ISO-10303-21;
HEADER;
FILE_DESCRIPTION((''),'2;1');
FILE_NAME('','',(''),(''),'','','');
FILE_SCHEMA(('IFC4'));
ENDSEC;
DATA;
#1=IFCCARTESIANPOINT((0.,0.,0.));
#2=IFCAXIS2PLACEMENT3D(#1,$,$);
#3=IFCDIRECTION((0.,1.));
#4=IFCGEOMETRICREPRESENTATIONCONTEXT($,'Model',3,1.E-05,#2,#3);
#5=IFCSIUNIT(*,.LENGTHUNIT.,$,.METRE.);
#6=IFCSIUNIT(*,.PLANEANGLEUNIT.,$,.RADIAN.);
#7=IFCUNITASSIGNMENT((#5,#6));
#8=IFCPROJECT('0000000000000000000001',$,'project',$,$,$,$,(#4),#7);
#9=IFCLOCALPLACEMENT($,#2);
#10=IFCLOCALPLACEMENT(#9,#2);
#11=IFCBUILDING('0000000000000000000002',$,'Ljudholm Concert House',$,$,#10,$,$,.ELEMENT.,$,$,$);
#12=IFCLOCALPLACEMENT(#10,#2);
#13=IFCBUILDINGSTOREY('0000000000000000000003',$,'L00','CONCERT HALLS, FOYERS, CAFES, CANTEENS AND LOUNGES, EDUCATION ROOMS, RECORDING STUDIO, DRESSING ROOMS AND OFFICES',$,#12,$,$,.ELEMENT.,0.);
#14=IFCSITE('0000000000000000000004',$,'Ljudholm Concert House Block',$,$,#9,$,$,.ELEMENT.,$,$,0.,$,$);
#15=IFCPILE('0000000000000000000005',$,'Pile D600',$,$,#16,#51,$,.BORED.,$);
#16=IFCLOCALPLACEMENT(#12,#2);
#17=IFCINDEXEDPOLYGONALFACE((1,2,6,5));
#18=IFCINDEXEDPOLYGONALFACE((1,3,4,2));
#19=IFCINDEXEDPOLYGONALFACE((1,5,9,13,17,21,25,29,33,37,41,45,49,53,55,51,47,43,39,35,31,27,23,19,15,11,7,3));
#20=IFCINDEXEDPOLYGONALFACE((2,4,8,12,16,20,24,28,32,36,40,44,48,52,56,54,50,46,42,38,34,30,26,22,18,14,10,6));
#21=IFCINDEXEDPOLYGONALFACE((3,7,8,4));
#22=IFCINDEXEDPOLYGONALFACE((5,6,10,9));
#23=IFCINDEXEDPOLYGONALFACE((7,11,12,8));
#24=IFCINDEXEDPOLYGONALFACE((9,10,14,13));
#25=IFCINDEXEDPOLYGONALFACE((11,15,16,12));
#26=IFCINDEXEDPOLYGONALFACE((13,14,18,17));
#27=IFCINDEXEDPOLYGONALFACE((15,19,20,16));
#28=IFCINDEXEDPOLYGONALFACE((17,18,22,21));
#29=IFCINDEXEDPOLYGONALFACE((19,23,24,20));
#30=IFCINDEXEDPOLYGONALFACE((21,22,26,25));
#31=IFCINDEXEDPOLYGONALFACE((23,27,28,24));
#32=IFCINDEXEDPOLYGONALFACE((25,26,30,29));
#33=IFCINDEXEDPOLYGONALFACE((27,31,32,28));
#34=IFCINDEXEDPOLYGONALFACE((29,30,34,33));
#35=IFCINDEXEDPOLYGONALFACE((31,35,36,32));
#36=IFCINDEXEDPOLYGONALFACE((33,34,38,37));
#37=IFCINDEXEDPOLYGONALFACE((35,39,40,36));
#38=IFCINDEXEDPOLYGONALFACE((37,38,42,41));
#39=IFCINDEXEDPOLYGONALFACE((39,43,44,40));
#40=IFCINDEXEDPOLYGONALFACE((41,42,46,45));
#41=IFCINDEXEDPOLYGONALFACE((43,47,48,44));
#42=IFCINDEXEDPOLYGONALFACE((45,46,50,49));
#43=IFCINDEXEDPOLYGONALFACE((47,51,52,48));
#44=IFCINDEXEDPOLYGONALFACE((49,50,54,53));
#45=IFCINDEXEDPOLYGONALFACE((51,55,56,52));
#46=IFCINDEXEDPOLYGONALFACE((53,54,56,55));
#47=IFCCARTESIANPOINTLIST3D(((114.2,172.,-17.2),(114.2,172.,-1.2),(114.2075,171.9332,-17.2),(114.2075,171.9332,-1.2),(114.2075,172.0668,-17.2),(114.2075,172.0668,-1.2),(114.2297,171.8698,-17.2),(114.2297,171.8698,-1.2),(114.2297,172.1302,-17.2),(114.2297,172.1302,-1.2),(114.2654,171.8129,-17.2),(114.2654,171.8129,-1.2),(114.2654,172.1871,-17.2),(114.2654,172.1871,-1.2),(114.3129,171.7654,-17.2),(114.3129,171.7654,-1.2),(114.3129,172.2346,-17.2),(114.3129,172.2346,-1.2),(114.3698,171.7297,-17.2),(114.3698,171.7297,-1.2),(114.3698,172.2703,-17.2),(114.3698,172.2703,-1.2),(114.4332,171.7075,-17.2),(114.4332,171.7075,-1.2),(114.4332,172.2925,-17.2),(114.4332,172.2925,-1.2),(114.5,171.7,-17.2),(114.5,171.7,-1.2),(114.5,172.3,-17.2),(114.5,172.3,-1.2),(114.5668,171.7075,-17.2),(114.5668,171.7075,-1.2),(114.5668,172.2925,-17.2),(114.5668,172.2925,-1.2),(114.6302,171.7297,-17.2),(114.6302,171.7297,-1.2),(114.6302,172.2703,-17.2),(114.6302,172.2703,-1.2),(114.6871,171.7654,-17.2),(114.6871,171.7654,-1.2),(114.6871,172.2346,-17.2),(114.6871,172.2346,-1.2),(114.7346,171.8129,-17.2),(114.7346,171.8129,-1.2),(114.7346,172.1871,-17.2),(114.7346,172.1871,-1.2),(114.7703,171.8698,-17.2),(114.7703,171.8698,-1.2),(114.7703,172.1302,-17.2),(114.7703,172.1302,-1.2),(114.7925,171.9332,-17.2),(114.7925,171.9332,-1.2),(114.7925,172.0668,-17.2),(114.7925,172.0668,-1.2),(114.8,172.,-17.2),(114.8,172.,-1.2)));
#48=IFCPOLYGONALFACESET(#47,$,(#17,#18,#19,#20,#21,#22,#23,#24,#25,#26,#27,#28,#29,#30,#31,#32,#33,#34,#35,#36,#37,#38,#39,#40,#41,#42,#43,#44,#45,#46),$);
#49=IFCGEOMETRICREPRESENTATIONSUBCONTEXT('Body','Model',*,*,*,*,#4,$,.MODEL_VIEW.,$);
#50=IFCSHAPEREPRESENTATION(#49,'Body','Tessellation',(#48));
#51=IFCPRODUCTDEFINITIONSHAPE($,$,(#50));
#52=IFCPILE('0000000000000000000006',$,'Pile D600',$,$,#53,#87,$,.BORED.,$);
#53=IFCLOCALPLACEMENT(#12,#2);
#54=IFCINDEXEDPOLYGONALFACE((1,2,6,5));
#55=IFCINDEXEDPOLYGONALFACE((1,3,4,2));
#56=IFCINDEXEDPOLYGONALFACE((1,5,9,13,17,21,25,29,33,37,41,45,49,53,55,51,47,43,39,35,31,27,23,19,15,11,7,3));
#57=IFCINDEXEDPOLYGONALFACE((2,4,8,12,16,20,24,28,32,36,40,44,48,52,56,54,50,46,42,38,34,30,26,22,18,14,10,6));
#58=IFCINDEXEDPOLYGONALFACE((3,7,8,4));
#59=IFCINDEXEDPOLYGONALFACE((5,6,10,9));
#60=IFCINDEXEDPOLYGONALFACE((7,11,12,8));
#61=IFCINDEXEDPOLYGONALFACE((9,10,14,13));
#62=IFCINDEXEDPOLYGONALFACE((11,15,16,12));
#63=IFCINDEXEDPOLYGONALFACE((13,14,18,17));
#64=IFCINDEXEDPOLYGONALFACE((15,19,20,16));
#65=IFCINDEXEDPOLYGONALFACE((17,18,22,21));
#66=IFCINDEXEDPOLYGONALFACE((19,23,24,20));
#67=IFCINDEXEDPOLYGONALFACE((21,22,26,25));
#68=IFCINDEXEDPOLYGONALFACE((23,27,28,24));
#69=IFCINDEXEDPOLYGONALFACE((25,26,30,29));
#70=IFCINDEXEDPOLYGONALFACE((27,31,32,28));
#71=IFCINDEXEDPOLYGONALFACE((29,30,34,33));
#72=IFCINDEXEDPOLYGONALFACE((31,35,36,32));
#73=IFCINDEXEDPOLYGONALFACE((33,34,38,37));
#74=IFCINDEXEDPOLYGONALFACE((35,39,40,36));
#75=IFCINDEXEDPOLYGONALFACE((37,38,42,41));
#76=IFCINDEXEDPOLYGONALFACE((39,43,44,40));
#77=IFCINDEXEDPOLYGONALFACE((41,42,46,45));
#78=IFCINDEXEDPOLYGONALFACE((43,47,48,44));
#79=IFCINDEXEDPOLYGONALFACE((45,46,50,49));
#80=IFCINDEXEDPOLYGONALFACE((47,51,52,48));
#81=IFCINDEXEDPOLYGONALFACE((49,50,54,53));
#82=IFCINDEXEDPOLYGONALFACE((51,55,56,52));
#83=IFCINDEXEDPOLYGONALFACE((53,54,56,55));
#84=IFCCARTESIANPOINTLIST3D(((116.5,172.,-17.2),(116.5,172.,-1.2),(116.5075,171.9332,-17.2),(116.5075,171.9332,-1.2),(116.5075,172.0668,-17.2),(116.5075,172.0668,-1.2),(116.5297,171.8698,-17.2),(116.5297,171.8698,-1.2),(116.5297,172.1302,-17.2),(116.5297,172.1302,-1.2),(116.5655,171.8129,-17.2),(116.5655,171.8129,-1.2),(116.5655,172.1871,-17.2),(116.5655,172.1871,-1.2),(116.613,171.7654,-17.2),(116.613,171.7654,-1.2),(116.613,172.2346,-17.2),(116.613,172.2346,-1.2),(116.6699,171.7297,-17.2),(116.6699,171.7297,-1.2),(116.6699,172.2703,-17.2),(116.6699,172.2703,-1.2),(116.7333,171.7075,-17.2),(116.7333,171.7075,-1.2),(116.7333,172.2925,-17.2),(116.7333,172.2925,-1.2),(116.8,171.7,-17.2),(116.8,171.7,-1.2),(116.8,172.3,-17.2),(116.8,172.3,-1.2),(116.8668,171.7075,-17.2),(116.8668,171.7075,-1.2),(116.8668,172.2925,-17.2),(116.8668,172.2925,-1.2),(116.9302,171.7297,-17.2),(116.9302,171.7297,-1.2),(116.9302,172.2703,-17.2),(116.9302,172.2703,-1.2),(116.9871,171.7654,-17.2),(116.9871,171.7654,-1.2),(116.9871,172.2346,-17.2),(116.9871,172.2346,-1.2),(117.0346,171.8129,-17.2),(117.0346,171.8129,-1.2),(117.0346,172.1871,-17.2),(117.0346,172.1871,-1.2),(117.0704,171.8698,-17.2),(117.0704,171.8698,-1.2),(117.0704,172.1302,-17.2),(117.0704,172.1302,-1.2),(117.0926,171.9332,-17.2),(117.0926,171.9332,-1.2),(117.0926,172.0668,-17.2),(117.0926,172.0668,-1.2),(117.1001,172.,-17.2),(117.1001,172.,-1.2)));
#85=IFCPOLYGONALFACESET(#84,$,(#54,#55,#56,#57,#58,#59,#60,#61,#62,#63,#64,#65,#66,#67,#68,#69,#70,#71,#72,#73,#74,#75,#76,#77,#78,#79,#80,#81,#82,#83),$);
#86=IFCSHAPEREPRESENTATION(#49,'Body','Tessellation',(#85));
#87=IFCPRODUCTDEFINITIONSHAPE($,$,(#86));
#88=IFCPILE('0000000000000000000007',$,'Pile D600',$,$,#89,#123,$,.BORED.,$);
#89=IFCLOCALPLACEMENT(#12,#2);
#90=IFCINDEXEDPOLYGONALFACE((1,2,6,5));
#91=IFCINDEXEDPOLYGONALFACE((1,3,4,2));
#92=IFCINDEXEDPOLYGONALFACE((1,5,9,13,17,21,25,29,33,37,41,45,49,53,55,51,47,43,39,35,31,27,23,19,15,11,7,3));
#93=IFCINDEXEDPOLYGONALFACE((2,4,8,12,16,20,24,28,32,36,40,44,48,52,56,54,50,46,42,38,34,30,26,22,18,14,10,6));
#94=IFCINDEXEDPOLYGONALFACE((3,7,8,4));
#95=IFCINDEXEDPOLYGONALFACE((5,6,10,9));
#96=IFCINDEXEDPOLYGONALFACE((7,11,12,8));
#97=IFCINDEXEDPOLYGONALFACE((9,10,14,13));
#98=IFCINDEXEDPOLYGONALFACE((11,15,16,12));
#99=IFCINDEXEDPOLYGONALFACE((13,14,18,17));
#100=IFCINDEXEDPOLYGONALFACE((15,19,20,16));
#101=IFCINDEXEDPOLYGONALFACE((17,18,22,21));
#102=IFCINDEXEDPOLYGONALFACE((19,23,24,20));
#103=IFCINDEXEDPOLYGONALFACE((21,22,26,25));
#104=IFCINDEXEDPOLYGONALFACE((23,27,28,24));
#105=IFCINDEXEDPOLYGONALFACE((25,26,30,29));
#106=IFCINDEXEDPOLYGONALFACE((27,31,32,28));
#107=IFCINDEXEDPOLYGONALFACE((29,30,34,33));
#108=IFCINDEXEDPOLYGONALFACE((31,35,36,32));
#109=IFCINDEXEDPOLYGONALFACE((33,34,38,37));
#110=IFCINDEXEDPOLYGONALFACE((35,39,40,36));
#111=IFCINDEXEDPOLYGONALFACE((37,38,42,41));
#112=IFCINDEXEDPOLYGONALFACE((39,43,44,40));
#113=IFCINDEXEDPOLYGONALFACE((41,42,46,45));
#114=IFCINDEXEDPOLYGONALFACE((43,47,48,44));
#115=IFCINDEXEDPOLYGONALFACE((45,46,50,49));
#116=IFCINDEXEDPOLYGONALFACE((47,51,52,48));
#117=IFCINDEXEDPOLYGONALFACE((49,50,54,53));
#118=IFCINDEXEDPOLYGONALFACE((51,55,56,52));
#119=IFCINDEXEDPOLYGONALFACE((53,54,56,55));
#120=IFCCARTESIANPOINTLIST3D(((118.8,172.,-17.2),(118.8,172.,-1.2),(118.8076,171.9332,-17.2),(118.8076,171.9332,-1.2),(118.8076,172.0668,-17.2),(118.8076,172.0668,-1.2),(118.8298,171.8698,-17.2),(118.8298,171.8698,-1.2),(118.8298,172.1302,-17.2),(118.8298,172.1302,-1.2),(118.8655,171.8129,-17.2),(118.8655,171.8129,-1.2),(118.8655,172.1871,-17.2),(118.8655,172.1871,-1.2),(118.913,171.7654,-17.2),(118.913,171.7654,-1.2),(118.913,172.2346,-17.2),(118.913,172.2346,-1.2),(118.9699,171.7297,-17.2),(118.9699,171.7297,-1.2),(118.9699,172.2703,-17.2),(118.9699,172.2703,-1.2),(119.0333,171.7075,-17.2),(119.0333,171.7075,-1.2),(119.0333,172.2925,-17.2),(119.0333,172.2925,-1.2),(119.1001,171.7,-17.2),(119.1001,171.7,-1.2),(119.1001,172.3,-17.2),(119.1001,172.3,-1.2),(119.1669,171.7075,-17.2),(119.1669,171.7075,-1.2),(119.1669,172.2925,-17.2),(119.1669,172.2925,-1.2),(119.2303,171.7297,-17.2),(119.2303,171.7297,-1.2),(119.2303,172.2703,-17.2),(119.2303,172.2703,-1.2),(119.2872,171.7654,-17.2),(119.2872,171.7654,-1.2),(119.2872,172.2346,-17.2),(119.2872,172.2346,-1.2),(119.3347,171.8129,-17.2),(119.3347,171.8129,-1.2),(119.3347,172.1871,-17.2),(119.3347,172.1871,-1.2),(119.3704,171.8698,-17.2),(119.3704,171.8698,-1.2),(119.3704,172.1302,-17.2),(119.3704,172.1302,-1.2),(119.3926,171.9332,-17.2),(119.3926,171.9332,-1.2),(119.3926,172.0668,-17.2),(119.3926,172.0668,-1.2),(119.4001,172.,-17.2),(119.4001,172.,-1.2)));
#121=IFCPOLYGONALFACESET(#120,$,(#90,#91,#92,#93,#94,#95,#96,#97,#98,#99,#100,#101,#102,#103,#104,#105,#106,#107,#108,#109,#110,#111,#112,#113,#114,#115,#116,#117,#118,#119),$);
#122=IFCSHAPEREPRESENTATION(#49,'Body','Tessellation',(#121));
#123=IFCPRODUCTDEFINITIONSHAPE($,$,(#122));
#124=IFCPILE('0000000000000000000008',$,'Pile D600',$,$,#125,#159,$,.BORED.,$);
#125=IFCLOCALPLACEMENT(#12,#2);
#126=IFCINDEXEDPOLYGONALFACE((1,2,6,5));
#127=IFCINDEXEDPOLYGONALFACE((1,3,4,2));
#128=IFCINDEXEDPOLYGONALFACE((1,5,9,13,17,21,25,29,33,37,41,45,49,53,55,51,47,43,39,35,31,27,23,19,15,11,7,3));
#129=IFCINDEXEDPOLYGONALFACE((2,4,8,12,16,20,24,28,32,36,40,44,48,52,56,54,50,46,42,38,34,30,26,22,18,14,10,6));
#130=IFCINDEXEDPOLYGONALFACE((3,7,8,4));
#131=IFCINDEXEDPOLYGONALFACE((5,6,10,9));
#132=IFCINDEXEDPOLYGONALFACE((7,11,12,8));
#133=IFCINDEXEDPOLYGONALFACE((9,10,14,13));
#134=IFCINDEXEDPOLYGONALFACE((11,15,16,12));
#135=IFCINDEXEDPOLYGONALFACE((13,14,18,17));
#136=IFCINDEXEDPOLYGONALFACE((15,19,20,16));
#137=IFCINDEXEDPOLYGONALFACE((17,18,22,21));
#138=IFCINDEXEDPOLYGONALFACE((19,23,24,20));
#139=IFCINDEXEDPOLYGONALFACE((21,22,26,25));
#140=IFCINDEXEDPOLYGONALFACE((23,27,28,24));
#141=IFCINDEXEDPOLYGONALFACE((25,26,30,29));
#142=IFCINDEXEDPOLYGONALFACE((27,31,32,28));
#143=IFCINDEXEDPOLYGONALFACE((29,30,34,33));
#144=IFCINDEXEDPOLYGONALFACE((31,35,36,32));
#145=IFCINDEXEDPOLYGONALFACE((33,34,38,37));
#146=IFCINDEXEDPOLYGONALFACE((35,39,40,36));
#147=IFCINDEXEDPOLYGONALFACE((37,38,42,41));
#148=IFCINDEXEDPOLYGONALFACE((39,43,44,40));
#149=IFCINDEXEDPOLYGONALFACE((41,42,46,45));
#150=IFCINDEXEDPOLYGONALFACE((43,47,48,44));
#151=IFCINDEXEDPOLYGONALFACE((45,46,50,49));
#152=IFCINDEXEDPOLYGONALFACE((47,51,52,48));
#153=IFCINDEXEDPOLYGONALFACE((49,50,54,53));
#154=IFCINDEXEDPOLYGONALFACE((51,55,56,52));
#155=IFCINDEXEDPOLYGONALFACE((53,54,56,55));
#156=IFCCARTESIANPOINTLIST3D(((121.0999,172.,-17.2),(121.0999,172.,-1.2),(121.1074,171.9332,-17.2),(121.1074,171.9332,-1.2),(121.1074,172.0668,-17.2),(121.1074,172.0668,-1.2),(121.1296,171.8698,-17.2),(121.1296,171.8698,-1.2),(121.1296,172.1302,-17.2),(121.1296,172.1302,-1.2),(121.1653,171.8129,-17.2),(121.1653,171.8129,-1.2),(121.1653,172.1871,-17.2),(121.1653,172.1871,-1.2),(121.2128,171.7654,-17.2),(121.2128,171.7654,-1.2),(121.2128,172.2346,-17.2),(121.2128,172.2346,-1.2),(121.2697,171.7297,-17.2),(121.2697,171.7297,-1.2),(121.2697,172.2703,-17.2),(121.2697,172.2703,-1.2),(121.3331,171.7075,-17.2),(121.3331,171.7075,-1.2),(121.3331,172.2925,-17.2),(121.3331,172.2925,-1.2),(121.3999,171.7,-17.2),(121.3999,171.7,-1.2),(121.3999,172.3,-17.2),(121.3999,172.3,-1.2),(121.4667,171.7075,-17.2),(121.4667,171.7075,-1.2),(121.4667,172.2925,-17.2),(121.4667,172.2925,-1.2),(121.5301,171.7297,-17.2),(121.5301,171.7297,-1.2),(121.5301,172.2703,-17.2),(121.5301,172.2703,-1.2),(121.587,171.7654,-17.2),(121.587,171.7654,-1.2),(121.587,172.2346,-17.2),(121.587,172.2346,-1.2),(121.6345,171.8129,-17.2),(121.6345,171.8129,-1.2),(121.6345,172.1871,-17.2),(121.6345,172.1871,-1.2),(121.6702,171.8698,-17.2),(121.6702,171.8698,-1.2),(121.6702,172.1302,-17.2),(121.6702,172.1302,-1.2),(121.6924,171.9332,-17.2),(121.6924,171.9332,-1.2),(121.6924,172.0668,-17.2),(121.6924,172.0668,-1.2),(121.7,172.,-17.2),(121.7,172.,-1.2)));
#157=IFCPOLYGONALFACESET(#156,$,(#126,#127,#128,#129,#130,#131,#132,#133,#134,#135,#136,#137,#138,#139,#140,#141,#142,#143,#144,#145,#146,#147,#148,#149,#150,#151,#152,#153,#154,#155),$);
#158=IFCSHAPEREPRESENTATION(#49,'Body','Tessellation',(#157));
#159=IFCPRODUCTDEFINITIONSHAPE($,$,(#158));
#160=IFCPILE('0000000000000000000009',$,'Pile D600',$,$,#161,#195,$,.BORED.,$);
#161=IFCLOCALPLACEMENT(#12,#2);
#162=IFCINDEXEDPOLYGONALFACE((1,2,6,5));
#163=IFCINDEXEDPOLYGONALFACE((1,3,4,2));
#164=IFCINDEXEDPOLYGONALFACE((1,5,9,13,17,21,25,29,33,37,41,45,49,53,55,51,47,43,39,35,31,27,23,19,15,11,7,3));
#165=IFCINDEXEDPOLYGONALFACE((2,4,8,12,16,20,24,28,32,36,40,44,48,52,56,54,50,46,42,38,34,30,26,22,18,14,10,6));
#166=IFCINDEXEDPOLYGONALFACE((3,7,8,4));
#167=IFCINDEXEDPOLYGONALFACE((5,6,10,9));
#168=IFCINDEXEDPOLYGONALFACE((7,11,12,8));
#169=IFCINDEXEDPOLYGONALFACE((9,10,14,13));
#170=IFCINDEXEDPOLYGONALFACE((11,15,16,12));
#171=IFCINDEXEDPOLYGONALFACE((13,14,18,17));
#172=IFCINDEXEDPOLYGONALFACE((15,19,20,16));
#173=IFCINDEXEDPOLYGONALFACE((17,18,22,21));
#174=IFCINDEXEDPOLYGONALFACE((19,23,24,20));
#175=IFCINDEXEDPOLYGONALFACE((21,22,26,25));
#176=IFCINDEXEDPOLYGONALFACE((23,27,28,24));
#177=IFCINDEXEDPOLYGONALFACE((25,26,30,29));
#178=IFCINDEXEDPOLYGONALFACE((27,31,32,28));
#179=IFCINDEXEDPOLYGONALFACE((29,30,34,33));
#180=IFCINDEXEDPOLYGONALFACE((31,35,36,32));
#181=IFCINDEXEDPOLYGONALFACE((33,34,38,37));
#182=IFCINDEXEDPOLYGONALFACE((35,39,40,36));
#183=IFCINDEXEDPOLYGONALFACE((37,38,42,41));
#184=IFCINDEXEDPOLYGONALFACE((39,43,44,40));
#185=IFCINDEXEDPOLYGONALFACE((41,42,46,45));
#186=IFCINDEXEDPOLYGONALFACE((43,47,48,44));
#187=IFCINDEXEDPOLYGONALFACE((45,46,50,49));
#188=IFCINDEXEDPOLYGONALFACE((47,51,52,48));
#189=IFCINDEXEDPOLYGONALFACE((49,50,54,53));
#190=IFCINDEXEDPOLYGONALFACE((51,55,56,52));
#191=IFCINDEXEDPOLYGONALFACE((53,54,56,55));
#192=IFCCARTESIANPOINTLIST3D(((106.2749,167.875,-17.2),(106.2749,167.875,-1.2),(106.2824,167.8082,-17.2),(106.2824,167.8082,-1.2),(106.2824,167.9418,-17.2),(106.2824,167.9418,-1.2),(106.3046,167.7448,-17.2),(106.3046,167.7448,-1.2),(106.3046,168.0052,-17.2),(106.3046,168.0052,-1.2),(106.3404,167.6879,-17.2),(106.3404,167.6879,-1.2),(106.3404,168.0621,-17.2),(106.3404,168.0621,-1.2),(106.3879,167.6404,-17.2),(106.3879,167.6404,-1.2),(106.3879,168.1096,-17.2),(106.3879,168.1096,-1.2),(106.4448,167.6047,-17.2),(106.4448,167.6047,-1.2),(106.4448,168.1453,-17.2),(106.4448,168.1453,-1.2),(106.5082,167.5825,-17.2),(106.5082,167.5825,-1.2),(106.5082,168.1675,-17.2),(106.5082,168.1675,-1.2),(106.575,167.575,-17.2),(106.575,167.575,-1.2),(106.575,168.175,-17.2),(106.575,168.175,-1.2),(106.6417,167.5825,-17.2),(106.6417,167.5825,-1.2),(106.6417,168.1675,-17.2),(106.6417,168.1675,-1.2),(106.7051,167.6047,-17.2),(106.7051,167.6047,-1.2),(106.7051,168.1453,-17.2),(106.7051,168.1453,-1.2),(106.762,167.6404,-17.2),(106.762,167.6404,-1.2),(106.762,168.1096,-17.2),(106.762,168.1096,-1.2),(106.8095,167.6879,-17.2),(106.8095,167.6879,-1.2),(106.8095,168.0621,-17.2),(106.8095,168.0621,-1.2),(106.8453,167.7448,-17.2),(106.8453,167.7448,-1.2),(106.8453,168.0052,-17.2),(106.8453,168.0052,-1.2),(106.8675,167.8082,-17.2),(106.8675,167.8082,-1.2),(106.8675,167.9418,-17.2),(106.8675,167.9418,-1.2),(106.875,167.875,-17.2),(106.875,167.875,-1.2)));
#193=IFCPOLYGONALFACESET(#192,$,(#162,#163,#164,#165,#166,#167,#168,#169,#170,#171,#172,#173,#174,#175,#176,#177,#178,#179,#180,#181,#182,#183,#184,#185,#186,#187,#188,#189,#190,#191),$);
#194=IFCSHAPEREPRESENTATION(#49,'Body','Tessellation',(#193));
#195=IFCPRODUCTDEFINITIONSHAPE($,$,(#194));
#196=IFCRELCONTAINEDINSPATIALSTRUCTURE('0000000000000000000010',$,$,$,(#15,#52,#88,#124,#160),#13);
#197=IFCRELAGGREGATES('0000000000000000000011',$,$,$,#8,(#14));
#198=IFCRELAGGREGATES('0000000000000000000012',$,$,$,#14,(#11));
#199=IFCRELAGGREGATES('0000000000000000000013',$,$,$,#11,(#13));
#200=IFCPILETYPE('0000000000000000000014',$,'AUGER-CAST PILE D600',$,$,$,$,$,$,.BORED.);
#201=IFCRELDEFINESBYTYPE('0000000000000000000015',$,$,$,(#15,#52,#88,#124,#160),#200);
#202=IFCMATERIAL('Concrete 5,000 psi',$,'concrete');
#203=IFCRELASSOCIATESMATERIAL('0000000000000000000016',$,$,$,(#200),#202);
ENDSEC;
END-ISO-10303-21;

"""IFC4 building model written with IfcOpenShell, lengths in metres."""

from ifc_helpers import new_model, si_unit, direction, frame, origin, origin_2d, place, context, subcontext, project, spatial, circle, extrude, material, material_profile, profile_set, type_object, element, save


model = new_model("IFC4")

# Units and contexts
model_context = context("Model", 3, precision=1e-05, world=origin(), true_north=direction((0.0, 1.0)))
body_context = subcontext(model_context, "Body", "Model", "MODEL_VIEW")
ifc_project = project(units=[si_unit("LENGTHUNIT", "METRE"), si_unit("PLANEANGLEUNIT", "RADIAN")], contexts=[model_context])

# Site, building, storey
site_placement = place(None, origin())
site = spatial("IfcSite", under=ifc_project, at=site_placement, Name="Ljudholm Concert House Block", CompositionType="ELEMENT", RefElevation=0.0)
building_placement = place(site_placement, origin())
building = spatial("IfcBuilding", under=site, at=building_placement, Name="Ljudholm Concert House", CompositionType="ELEMENT")
storey_placement = place(building_placement, origin())
storey = spatial("IfcBuildingStorey", under=building, at=storey_placement, Name="L00", Description="CONCERT HALLS, FOYERS, CAFES, CANTEENS AND LOUNGES, EDUCATION ROOMS, RECORDING STUDIO, DRESSING ROOMS AND OFFICES", CompositionType="ELEMENT", Elevation=0.0)

# Piles
ifc_material_1 = material(Name="Concrete 5,000 psi", Category="concrete")
ifc_material_profile = material_profile(ifc_material_1, circle(Radius=0.3, at=origin_2d()), Name="AUGER-CAST PILE D600")
ifc_profile_set = profile_set([ifc_material_profile], Name="Concrete 5,000 psi")
pile_type = type_object("IfcPileType", Name="AUGER-CAST PILE D600", PredefinedType="BORED", material=ifc_profile_set)
for number, where, z_axis, x_axis, name in (
    (1, (114.5, 172.0, -1.2), (0.0, 0.0, -1.0), (1.0, 0.0, 0.0), "Pile D600"),
    (2, (116.8, 172.0, -1.2), (0.0, 0.0, -1.0), (1.0, 0.0, 0.0), "Pile D600"),
    (3, (119.1001, 172.0, -1.2), (0.0, 0.0, -1.0), (1.0, 0.0, 0.0), "Pile D600"),
    (4, (121.3999, 172.0, -1.2), (0.0, 0.0, -1.0), (1.0, 0.0, 0.0), "Pile D600"),
    (5, (106.575, 167.875, -1.2), (0.0, 0.0, -1.0), (1.0, 0.0, 0.0), "Pile D600"),
):
    element("IfcPile", number, at=place(storey_placement, frame(where, z_axis=z_axis, x_axis=x_axis)), inside=storey, type_object=pile_type, Name=name, PredefinedType="BORED", context=body_context, shape_type="SweptSolid", body=[
        extrude(circle(Radius=0.3, at=origin_2d()), origin(), (0.0, 0.0, 1.0), 16.0),
    ])

save(model, "model.ifc")
